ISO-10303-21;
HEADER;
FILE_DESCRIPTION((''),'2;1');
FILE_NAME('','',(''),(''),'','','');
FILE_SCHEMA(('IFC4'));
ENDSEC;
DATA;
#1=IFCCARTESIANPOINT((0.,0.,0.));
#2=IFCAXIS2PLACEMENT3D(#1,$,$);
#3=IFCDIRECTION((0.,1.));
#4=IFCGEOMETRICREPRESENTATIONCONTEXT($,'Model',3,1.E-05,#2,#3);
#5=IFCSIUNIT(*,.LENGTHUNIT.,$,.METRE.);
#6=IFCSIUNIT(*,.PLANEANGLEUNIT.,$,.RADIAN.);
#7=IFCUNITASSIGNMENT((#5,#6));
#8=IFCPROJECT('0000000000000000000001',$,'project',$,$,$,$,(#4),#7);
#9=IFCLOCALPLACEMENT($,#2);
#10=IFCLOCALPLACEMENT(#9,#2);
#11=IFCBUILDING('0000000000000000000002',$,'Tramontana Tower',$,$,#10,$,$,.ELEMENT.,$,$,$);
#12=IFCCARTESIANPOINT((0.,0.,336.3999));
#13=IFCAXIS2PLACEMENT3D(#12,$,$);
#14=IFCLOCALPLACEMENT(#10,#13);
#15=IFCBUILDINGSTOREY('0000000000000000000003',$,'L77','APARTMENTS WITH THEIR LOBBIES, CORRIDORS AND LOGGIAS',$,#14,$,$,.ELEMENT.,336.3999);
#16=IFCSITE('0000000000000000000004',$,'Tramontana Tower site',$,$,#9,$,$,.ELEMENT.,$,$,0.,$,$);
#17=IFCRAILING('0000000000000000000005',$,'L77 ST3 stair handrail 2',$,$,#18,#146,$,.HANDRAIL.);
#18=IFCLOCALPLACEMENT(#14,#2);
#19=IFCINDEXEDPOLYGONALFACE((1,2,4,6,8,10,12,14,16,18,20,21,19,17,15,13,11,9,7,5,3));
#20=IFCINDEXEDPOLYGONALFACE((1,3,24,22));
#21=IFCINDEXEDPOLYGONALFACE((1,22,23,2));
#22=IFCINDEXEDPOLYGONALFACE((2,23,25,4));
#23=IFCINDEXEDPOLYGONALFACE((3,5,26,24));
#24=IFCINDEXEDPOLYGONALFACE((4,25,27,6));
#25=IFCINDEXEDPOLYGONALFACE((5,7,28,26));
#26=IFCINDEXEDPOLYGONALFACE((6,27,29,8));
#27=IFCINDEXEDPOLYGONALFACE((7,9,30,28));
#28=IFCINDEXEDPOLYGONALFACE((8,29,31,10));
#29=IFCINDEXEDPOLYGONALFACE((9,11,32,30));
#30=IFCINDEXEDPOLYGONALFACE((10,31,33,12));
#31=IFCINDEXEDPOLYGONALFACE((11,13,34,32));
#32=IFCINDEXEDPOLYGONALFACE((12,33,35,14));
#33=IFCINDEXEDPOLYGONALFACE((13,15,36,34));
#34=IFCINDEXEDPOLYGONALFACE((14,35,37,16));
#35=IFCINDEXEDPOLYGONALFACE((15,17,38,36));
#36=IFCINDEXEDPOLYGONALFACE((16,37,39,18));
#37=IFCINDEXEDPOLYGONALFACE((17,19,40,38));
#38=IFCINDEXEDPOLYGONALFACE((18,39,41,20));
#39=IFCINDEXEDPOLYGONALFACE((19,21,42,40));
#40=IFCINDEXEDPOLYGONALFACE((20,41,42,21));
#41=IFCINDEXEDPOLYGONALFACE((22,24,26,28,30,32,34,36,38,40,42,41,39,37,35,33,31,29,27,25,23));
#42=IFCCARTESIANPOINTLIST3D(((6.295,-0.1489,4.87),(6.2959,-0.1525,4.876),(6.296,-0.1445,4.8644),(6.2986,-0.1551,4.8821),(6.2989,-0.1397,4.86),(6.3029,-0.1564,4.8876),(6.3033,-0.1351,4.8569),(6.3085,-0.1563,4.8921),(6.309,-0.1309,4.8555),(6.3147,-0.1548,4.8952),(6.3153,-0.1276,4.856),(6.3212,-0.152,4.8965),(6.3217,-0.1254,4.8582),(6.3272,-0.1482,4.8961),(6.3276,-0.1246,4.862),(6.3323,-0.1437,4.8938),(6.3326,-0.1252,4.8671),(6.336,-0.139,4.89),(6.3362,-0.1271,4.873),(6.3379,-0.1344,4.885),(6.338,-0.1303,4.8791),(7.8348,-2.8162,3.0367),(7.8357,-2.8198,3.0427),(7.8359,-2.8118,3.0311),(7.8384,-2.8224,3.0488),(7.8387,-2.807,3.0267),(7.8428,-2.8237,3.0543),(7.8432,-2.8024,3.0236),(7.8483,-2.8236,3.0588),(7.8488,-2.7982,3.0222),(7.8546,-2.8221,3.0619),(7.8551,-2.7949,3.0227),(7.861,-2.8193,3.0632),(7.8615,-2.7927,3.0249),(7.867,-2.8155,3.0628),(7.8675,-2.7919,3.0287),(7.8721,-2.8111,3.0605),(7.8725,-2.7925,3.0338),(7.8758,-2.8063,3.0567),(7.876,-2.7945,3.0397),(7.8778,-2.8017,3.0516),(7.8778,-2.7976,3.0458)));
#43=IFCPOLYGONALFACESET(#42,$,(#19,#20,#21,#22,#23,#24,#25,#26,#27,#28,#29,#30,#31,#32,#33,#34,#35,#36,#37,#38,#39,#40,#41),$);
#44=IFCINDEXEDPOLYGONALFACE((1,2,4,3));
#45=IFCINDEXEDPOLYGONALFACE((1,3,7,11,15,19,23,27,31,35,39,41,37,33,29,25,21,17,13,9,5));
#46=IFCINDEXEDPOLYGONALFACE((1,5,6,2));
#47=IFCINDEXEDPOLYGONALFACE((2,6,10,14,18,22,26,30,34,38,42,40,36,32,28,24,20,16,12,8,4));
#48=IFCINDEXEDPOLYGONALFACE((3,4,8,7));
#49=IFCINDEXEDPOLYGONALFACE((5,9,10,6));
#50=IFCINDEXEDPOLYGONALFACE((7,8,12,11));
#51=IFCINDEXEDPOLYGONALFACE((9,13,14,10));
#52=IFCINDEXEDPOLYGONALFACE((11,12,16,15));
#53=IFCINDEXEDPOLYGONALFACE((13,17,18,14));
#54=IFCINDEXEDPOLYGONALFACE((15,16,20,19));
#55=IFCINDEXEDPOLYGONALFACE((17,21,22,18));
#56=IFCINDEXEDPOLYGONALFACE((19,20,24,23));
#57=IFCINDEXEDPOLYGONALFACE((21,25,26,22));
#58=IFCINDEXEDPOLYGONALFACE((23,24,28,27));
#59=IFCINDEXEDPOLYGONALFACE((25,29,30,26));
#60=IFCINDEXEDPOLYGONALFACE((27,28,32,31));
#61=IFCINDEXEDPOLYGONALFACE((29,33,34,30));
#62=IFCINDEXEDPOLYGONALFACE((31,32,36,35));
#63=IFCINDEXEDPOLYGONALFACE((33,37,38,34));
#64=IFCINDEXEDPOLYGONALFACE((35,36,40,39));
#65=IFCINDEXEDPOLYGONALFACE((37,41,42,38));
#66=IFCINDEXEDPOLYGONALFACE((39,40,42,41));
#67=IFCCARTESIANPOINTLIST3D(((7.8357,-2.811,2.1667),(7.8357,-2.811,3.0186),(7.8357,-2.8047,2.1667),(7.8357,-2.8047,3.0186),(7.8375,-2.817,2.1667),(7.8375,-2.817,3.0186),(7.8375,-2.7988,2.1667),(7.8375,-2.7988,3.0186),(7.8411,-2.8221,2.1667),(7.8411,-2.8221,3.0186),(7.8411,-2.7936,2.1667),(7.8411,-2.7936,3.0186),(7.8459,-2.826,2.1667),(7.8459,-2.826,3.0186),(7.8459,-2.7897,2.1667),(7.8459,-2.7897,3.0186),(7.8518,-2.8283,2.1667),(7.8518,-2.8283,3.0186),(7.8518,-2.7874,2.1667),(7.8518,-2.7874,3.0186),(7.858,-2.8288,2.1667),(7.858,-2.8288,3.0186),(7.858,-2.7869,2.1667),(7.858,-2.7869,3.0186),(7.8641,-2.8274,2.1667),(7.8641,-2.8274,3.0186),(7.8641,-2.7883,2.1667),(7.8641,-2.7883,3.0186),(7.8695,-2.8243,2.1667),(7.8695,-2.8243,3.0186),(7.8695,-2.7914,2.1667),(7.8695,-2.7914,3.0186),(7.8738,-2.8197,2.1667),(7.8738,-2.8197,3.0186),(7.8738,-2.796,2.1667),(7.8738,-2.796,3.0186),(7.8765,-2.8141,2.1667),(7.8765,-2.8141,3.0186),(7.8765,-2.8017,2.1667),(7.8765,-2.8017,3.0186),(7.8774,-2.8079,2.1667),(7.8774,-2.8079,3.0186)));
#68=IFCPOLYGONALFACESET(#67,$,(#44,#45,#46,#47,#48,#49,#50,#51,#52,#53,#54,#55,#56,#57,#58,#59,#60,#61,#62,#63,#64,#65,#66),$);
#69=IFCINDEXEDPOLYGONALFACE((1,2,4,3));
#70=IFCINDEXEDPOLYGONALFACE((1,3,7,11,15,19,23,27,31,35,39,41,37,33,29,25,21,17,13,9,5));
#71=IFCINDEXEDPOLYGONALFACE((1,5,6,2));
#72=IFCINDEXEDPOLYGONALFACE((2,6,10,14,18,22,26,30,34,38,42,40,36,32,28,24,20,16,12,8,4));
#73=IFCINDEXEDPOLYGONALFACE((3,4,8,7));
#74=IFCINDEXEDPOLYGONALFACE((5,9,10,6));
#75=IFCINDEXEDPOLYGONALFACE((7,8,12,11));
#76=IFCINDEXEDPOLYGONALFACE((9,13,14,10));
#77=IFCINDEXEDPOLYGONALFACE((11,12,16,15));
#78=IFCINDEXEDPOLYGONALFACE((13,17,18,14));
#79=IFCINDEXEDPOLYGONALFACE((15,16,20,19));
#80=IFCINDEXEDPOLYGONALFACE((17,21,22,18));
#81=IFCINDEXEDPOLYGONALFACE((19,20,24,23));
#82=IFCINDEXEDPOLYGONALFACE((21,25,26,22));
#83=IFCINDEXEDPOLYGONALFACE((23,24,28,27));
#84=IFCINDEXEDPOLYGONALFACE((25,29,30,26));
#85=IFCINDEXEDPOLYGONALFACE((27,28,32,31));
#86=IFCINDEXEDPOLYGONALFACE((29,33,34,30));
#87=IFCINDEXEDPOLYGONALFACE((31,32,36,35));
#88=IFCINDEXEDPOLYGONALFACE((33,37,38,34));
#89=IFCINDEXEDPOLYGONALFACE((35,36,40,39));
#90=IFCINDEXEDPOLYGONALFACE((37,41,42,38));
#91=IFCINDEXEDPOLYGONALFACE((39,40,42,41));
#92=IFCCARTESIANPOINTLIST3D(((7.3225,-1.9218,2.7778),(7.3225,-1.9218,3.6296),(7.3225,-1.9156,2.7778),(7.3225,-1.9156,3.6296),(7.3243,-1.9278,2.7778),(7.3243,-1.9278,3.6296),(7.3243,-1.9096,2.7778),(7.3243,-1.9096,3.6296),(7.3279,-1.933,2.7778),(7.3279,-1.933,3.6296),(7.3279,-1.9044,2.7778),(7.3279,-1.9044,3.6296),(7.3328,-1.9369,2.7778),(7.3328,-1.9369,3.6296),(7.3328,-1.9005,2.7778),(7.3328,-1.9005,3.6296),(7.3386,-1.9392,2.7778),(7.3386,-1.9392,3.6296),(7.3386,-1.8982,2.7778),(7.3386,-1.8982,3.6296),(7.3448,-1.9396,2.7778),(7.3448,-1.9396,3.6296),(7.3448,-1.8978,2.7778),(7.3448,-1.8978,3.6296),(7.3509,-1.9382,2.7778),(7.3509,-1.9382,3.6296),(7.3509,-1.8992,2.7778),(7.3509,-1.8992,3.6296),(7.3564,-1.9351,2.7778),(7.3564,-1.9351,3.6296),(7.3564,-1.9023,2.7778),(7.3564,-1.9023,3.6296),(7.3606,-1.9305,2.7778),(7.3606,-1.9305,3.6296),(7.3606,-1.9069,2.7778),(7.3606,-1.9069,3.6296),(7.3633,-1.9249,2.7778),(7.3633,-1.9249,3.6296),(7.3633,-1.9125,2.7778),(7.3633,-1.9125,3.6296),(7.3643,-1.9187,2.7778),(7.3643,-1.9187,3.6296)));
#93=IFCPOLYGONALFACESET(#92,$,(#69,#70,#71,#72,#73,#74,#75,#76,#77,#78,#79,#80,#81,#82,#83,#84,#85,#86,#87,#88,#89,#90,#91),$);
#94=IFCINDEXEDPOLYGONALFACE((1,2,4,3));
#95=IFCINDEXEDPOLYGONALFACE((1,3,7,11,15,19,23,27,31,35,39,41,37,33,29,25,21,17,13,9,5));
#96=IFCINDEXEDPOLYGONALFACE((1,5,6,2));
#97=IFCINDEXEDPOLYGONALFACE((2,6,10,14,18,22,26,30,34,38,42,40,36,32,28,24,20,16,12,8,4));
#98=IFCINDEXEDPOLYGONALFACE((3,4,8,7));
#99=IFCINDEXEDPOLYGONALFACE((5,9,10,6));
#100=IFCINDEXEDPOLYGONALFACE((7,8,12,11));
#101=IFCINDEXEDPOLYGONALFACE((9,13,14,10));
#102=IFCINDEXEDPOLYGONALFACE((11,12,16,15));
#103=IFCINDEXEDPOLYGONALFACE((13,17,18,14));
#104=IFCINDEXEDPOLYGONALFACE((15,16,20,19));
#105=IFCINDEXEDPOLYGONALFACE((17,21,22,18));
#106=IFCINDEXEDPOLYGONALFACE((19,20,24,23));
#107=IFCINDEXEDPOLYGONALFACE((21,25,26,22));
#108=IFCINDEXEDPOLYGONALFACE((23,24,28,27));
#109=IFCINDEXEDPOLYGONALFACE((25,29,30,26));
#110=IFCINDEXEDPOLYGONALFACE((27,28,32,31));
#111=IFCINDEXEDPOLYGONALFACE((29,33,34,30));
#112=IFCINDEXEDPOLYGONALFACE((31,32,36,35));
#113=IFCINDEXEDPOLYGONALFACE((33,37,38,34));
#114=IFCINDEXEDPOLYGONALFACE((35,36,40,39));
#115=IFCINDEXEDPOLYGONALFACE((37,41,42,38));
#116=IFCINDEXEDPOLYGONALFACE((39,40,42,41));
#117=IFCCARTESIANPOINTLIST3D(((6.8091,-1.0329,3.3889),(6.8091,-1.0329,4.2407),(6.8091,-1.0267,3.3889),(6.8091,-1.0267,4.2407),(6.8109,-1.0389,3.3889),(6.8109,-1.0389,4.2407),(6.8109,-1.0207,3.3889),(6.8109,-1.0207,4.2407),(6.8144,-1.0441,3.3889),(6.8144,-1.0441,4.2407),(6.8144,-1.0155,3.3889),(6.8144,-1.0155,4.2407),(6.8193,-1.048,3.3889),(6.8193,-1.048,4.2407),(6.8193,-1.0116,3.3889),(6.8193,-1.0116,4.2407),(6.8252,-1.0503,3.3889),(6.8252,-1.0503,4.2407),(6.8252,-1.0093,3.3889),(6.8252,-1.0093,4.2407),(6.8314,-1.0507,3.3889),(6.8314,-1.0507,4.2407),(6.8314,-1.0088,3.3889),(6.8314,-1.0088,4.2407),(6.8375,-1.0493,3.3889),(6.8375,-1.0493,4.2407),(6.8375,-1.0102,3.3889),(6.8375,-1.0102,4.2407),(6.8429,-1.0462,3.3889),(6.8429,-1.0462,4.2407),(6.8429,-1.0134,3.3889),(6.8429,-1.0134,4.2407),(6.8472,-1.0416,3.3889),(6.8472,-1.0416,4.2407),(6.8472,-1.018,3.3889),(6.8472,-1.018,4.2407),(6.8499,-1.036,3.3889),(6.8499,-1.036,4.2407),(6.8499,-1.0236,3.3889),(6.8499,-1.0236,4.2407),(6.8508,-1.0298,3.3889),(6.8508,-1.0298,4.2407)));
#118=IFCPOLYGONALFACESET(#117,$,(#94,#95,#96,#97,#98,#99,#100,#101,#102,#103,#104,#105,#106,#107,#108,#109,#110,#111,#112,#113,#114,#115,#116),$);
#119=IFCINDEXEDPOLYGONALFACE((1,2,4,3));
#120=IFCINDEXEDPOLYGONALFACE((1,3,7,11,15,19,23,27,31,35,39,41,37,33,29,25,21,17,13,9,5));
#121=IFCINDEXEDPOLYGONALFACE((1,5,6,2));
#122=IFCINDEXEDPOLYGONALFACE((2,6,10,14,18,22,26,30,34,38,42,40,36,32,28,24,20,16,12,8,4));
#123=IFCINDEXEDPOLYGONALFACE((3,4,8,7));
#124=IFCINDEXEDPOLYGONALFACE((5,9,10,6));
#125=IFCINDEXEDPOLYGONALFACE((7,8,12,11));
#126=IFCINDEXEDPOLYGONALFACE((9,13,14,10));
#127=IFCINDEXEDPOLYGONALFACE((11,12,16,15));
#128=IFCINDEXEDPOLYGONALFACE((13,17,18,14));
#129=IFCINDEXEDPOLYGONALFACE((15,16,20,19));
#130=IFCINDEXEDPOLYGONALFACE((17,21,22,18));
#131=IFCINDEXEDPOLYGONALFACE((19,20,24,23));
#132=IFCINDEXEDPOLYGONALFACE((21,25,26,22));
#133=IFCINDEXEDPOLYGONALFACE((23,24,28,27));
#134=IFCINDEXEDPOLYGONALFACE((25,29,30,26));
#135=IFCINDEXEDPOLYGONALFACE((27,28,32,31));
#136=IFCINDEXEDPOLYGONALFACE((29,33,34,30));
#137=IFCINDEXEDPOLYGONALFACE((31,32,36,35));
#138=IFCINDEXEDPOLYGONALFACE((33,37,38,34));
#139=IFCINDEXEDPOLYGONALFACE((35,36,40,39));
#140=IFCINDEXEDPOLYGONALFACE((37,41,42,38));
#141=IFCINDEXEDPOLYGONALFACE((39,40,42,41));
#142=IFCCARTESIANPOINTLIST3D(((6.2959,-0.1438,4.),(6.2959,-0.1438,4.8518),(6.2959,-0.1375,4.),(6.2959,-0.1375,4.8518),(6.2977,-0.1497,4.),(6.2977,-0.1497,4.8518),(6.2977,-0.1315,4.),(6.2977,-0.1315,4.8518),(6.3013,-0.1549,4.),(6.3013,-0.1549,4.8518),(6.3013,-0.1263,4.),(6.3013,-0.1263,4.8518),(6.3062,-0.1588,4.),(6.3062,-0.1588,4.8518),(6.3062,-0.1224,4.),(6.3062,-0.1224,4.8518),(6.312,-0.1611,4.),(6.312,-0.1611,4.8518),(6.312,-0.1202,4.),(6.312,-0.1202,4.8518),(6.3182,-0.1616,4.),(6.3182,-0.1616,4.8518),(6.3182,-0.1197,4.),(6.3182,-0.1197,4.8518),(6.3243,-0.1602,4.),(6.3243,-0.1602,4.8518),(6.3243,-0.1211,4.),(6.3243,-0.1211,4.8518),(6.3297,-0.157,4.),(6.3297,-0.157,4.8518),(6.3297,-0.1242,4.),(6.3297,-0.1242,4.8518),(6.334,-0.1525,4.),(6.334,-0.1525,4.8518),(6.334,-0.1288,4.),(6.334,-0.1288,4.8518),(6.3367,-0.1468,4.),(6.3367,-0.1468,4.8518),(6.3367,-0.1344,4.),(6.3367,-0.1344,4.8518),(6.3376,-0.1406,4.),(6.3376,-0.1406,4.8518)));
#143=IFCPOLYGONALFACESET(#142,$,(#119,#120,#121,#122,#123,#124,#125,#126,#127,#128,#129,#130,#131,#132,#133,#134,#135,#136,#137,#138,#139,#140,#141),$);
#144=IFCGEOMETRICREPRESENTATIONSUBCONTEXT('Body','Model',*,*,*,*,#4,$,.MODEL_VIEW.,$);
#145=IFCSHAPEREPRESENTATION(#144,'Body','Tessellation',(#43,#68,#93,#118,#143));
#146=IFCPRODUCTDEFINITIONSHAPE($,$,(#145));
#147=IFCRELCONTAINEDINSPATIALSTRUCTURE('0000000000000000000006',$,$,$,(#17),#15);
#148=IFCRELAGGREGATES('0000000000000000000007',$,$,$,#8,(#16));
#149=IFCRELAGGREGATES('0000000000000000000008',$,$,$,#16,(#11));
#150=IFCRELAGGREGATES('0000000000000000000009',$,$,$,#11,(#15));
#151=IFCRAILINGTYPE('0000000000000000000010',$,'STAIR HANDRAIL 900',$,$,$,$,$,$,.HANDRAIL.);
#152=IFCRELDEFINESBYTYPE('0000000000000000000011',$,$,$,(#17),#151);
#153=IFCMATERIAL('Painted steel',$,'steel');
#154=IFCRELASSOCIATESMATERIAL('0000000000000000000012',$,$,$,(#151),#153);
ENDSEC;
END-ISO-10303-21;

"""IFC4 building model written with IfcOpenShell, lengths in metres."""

from ifc_helpers import new_model, si_unit, direction, frame, origin, origin_2d, place, context, subcontext, project, spatial, circle, extrude, material, type_object, element, save


model = new_model("IFC4")

# Units and contexts
model_context = context("Model", 3, precision=1e-05, world=origin(), true_north=direction((0.0, 1.0)))
body_context = subcontext(model_context, "Body", "Model", "MODEL_VIEW")
ifc_project = project(units=[si_unit("LENGTHUNIT", "METRE"), si_unit("PLANEANGLEUNIT", "RADIAN")], contexts=[model_context])

# Site, building, storey
site_placement = place(None, origin())
site = spatial("IfcSite", under=ifc_project, at=site_placement, Name="Tramontana Tower site", CompositionType="ELEMENT", RefElevation=0.0)
building_placement = place(site_placement, origin())
building = spatial("IfcBuilding", under=site, at=building_placement, Name="Tramontana Tower", CompositionType="ELEMENT")
storey_placement = place(building_placement, frame((0.0, 0.0, 336.3999)))
storey = spatial("IfcBuildingStorey", under=building, at=storey_placement, Name="L77", Description="APARTMENTS WITH THEIR LOBBIES, CORRIDORS AND LOGGIAS", CompositionType="ELEMENT", Elevation=336.3999)

# Railing
ifc_material_1 = material(Name="Painted steel", Category="steel")
railing_type_1 = type_object("IfcRailingType", Name="STAIR HANDRAIL 900", PredefinedType="HANDRAIL", material=ifc_material_1)
railing_1_placement = place(storey_placement, frame((7.8564, -2.8079, 2.1667)))
element("IfcRailing", 1, at=railing_1_placement, inside=storey, type_object=railing_type_1, Name="L77 ST3 stair handrail 2", PredefinedType="HANDRAIL", context=body_context, shape_type="SweptSolid", body=[
    extrude(circle(Radius=0.0239, at=origin_2d()), frame((0.0, 0.0, 0.876), z_axis=(-0.429616, 0.744181, 0.511493), x_axis=(-0.866044, -0.499967, 0.0)), (0.0, 0.0, 1.0), 3.5842),
    extrude(circle(Radius=0.021, at=origin_2d()), origin(), (0.0, 0.0, 1.0), 0.8518),
    extrude(circle(Radius=0.021, at=origin_2d()), frame((-0.5132, 0.8892, 0.6111)), (0.0, 0.0, 1.0), 0.8518),
    extrude(circle(Radius=0.021, at=origin_2d()), frame((-1.0266, 1.7781, 1.2222)), (0.0, 0.0, 1.0), 0.8518),
    extrude(circle(Radius=0.021, at=origin_2d()), frame((-1.5398, 2.6672, 1.8333)), (0.0, 0.0, 1.0), 0.8518),
])

save(model, "model.ifc")
